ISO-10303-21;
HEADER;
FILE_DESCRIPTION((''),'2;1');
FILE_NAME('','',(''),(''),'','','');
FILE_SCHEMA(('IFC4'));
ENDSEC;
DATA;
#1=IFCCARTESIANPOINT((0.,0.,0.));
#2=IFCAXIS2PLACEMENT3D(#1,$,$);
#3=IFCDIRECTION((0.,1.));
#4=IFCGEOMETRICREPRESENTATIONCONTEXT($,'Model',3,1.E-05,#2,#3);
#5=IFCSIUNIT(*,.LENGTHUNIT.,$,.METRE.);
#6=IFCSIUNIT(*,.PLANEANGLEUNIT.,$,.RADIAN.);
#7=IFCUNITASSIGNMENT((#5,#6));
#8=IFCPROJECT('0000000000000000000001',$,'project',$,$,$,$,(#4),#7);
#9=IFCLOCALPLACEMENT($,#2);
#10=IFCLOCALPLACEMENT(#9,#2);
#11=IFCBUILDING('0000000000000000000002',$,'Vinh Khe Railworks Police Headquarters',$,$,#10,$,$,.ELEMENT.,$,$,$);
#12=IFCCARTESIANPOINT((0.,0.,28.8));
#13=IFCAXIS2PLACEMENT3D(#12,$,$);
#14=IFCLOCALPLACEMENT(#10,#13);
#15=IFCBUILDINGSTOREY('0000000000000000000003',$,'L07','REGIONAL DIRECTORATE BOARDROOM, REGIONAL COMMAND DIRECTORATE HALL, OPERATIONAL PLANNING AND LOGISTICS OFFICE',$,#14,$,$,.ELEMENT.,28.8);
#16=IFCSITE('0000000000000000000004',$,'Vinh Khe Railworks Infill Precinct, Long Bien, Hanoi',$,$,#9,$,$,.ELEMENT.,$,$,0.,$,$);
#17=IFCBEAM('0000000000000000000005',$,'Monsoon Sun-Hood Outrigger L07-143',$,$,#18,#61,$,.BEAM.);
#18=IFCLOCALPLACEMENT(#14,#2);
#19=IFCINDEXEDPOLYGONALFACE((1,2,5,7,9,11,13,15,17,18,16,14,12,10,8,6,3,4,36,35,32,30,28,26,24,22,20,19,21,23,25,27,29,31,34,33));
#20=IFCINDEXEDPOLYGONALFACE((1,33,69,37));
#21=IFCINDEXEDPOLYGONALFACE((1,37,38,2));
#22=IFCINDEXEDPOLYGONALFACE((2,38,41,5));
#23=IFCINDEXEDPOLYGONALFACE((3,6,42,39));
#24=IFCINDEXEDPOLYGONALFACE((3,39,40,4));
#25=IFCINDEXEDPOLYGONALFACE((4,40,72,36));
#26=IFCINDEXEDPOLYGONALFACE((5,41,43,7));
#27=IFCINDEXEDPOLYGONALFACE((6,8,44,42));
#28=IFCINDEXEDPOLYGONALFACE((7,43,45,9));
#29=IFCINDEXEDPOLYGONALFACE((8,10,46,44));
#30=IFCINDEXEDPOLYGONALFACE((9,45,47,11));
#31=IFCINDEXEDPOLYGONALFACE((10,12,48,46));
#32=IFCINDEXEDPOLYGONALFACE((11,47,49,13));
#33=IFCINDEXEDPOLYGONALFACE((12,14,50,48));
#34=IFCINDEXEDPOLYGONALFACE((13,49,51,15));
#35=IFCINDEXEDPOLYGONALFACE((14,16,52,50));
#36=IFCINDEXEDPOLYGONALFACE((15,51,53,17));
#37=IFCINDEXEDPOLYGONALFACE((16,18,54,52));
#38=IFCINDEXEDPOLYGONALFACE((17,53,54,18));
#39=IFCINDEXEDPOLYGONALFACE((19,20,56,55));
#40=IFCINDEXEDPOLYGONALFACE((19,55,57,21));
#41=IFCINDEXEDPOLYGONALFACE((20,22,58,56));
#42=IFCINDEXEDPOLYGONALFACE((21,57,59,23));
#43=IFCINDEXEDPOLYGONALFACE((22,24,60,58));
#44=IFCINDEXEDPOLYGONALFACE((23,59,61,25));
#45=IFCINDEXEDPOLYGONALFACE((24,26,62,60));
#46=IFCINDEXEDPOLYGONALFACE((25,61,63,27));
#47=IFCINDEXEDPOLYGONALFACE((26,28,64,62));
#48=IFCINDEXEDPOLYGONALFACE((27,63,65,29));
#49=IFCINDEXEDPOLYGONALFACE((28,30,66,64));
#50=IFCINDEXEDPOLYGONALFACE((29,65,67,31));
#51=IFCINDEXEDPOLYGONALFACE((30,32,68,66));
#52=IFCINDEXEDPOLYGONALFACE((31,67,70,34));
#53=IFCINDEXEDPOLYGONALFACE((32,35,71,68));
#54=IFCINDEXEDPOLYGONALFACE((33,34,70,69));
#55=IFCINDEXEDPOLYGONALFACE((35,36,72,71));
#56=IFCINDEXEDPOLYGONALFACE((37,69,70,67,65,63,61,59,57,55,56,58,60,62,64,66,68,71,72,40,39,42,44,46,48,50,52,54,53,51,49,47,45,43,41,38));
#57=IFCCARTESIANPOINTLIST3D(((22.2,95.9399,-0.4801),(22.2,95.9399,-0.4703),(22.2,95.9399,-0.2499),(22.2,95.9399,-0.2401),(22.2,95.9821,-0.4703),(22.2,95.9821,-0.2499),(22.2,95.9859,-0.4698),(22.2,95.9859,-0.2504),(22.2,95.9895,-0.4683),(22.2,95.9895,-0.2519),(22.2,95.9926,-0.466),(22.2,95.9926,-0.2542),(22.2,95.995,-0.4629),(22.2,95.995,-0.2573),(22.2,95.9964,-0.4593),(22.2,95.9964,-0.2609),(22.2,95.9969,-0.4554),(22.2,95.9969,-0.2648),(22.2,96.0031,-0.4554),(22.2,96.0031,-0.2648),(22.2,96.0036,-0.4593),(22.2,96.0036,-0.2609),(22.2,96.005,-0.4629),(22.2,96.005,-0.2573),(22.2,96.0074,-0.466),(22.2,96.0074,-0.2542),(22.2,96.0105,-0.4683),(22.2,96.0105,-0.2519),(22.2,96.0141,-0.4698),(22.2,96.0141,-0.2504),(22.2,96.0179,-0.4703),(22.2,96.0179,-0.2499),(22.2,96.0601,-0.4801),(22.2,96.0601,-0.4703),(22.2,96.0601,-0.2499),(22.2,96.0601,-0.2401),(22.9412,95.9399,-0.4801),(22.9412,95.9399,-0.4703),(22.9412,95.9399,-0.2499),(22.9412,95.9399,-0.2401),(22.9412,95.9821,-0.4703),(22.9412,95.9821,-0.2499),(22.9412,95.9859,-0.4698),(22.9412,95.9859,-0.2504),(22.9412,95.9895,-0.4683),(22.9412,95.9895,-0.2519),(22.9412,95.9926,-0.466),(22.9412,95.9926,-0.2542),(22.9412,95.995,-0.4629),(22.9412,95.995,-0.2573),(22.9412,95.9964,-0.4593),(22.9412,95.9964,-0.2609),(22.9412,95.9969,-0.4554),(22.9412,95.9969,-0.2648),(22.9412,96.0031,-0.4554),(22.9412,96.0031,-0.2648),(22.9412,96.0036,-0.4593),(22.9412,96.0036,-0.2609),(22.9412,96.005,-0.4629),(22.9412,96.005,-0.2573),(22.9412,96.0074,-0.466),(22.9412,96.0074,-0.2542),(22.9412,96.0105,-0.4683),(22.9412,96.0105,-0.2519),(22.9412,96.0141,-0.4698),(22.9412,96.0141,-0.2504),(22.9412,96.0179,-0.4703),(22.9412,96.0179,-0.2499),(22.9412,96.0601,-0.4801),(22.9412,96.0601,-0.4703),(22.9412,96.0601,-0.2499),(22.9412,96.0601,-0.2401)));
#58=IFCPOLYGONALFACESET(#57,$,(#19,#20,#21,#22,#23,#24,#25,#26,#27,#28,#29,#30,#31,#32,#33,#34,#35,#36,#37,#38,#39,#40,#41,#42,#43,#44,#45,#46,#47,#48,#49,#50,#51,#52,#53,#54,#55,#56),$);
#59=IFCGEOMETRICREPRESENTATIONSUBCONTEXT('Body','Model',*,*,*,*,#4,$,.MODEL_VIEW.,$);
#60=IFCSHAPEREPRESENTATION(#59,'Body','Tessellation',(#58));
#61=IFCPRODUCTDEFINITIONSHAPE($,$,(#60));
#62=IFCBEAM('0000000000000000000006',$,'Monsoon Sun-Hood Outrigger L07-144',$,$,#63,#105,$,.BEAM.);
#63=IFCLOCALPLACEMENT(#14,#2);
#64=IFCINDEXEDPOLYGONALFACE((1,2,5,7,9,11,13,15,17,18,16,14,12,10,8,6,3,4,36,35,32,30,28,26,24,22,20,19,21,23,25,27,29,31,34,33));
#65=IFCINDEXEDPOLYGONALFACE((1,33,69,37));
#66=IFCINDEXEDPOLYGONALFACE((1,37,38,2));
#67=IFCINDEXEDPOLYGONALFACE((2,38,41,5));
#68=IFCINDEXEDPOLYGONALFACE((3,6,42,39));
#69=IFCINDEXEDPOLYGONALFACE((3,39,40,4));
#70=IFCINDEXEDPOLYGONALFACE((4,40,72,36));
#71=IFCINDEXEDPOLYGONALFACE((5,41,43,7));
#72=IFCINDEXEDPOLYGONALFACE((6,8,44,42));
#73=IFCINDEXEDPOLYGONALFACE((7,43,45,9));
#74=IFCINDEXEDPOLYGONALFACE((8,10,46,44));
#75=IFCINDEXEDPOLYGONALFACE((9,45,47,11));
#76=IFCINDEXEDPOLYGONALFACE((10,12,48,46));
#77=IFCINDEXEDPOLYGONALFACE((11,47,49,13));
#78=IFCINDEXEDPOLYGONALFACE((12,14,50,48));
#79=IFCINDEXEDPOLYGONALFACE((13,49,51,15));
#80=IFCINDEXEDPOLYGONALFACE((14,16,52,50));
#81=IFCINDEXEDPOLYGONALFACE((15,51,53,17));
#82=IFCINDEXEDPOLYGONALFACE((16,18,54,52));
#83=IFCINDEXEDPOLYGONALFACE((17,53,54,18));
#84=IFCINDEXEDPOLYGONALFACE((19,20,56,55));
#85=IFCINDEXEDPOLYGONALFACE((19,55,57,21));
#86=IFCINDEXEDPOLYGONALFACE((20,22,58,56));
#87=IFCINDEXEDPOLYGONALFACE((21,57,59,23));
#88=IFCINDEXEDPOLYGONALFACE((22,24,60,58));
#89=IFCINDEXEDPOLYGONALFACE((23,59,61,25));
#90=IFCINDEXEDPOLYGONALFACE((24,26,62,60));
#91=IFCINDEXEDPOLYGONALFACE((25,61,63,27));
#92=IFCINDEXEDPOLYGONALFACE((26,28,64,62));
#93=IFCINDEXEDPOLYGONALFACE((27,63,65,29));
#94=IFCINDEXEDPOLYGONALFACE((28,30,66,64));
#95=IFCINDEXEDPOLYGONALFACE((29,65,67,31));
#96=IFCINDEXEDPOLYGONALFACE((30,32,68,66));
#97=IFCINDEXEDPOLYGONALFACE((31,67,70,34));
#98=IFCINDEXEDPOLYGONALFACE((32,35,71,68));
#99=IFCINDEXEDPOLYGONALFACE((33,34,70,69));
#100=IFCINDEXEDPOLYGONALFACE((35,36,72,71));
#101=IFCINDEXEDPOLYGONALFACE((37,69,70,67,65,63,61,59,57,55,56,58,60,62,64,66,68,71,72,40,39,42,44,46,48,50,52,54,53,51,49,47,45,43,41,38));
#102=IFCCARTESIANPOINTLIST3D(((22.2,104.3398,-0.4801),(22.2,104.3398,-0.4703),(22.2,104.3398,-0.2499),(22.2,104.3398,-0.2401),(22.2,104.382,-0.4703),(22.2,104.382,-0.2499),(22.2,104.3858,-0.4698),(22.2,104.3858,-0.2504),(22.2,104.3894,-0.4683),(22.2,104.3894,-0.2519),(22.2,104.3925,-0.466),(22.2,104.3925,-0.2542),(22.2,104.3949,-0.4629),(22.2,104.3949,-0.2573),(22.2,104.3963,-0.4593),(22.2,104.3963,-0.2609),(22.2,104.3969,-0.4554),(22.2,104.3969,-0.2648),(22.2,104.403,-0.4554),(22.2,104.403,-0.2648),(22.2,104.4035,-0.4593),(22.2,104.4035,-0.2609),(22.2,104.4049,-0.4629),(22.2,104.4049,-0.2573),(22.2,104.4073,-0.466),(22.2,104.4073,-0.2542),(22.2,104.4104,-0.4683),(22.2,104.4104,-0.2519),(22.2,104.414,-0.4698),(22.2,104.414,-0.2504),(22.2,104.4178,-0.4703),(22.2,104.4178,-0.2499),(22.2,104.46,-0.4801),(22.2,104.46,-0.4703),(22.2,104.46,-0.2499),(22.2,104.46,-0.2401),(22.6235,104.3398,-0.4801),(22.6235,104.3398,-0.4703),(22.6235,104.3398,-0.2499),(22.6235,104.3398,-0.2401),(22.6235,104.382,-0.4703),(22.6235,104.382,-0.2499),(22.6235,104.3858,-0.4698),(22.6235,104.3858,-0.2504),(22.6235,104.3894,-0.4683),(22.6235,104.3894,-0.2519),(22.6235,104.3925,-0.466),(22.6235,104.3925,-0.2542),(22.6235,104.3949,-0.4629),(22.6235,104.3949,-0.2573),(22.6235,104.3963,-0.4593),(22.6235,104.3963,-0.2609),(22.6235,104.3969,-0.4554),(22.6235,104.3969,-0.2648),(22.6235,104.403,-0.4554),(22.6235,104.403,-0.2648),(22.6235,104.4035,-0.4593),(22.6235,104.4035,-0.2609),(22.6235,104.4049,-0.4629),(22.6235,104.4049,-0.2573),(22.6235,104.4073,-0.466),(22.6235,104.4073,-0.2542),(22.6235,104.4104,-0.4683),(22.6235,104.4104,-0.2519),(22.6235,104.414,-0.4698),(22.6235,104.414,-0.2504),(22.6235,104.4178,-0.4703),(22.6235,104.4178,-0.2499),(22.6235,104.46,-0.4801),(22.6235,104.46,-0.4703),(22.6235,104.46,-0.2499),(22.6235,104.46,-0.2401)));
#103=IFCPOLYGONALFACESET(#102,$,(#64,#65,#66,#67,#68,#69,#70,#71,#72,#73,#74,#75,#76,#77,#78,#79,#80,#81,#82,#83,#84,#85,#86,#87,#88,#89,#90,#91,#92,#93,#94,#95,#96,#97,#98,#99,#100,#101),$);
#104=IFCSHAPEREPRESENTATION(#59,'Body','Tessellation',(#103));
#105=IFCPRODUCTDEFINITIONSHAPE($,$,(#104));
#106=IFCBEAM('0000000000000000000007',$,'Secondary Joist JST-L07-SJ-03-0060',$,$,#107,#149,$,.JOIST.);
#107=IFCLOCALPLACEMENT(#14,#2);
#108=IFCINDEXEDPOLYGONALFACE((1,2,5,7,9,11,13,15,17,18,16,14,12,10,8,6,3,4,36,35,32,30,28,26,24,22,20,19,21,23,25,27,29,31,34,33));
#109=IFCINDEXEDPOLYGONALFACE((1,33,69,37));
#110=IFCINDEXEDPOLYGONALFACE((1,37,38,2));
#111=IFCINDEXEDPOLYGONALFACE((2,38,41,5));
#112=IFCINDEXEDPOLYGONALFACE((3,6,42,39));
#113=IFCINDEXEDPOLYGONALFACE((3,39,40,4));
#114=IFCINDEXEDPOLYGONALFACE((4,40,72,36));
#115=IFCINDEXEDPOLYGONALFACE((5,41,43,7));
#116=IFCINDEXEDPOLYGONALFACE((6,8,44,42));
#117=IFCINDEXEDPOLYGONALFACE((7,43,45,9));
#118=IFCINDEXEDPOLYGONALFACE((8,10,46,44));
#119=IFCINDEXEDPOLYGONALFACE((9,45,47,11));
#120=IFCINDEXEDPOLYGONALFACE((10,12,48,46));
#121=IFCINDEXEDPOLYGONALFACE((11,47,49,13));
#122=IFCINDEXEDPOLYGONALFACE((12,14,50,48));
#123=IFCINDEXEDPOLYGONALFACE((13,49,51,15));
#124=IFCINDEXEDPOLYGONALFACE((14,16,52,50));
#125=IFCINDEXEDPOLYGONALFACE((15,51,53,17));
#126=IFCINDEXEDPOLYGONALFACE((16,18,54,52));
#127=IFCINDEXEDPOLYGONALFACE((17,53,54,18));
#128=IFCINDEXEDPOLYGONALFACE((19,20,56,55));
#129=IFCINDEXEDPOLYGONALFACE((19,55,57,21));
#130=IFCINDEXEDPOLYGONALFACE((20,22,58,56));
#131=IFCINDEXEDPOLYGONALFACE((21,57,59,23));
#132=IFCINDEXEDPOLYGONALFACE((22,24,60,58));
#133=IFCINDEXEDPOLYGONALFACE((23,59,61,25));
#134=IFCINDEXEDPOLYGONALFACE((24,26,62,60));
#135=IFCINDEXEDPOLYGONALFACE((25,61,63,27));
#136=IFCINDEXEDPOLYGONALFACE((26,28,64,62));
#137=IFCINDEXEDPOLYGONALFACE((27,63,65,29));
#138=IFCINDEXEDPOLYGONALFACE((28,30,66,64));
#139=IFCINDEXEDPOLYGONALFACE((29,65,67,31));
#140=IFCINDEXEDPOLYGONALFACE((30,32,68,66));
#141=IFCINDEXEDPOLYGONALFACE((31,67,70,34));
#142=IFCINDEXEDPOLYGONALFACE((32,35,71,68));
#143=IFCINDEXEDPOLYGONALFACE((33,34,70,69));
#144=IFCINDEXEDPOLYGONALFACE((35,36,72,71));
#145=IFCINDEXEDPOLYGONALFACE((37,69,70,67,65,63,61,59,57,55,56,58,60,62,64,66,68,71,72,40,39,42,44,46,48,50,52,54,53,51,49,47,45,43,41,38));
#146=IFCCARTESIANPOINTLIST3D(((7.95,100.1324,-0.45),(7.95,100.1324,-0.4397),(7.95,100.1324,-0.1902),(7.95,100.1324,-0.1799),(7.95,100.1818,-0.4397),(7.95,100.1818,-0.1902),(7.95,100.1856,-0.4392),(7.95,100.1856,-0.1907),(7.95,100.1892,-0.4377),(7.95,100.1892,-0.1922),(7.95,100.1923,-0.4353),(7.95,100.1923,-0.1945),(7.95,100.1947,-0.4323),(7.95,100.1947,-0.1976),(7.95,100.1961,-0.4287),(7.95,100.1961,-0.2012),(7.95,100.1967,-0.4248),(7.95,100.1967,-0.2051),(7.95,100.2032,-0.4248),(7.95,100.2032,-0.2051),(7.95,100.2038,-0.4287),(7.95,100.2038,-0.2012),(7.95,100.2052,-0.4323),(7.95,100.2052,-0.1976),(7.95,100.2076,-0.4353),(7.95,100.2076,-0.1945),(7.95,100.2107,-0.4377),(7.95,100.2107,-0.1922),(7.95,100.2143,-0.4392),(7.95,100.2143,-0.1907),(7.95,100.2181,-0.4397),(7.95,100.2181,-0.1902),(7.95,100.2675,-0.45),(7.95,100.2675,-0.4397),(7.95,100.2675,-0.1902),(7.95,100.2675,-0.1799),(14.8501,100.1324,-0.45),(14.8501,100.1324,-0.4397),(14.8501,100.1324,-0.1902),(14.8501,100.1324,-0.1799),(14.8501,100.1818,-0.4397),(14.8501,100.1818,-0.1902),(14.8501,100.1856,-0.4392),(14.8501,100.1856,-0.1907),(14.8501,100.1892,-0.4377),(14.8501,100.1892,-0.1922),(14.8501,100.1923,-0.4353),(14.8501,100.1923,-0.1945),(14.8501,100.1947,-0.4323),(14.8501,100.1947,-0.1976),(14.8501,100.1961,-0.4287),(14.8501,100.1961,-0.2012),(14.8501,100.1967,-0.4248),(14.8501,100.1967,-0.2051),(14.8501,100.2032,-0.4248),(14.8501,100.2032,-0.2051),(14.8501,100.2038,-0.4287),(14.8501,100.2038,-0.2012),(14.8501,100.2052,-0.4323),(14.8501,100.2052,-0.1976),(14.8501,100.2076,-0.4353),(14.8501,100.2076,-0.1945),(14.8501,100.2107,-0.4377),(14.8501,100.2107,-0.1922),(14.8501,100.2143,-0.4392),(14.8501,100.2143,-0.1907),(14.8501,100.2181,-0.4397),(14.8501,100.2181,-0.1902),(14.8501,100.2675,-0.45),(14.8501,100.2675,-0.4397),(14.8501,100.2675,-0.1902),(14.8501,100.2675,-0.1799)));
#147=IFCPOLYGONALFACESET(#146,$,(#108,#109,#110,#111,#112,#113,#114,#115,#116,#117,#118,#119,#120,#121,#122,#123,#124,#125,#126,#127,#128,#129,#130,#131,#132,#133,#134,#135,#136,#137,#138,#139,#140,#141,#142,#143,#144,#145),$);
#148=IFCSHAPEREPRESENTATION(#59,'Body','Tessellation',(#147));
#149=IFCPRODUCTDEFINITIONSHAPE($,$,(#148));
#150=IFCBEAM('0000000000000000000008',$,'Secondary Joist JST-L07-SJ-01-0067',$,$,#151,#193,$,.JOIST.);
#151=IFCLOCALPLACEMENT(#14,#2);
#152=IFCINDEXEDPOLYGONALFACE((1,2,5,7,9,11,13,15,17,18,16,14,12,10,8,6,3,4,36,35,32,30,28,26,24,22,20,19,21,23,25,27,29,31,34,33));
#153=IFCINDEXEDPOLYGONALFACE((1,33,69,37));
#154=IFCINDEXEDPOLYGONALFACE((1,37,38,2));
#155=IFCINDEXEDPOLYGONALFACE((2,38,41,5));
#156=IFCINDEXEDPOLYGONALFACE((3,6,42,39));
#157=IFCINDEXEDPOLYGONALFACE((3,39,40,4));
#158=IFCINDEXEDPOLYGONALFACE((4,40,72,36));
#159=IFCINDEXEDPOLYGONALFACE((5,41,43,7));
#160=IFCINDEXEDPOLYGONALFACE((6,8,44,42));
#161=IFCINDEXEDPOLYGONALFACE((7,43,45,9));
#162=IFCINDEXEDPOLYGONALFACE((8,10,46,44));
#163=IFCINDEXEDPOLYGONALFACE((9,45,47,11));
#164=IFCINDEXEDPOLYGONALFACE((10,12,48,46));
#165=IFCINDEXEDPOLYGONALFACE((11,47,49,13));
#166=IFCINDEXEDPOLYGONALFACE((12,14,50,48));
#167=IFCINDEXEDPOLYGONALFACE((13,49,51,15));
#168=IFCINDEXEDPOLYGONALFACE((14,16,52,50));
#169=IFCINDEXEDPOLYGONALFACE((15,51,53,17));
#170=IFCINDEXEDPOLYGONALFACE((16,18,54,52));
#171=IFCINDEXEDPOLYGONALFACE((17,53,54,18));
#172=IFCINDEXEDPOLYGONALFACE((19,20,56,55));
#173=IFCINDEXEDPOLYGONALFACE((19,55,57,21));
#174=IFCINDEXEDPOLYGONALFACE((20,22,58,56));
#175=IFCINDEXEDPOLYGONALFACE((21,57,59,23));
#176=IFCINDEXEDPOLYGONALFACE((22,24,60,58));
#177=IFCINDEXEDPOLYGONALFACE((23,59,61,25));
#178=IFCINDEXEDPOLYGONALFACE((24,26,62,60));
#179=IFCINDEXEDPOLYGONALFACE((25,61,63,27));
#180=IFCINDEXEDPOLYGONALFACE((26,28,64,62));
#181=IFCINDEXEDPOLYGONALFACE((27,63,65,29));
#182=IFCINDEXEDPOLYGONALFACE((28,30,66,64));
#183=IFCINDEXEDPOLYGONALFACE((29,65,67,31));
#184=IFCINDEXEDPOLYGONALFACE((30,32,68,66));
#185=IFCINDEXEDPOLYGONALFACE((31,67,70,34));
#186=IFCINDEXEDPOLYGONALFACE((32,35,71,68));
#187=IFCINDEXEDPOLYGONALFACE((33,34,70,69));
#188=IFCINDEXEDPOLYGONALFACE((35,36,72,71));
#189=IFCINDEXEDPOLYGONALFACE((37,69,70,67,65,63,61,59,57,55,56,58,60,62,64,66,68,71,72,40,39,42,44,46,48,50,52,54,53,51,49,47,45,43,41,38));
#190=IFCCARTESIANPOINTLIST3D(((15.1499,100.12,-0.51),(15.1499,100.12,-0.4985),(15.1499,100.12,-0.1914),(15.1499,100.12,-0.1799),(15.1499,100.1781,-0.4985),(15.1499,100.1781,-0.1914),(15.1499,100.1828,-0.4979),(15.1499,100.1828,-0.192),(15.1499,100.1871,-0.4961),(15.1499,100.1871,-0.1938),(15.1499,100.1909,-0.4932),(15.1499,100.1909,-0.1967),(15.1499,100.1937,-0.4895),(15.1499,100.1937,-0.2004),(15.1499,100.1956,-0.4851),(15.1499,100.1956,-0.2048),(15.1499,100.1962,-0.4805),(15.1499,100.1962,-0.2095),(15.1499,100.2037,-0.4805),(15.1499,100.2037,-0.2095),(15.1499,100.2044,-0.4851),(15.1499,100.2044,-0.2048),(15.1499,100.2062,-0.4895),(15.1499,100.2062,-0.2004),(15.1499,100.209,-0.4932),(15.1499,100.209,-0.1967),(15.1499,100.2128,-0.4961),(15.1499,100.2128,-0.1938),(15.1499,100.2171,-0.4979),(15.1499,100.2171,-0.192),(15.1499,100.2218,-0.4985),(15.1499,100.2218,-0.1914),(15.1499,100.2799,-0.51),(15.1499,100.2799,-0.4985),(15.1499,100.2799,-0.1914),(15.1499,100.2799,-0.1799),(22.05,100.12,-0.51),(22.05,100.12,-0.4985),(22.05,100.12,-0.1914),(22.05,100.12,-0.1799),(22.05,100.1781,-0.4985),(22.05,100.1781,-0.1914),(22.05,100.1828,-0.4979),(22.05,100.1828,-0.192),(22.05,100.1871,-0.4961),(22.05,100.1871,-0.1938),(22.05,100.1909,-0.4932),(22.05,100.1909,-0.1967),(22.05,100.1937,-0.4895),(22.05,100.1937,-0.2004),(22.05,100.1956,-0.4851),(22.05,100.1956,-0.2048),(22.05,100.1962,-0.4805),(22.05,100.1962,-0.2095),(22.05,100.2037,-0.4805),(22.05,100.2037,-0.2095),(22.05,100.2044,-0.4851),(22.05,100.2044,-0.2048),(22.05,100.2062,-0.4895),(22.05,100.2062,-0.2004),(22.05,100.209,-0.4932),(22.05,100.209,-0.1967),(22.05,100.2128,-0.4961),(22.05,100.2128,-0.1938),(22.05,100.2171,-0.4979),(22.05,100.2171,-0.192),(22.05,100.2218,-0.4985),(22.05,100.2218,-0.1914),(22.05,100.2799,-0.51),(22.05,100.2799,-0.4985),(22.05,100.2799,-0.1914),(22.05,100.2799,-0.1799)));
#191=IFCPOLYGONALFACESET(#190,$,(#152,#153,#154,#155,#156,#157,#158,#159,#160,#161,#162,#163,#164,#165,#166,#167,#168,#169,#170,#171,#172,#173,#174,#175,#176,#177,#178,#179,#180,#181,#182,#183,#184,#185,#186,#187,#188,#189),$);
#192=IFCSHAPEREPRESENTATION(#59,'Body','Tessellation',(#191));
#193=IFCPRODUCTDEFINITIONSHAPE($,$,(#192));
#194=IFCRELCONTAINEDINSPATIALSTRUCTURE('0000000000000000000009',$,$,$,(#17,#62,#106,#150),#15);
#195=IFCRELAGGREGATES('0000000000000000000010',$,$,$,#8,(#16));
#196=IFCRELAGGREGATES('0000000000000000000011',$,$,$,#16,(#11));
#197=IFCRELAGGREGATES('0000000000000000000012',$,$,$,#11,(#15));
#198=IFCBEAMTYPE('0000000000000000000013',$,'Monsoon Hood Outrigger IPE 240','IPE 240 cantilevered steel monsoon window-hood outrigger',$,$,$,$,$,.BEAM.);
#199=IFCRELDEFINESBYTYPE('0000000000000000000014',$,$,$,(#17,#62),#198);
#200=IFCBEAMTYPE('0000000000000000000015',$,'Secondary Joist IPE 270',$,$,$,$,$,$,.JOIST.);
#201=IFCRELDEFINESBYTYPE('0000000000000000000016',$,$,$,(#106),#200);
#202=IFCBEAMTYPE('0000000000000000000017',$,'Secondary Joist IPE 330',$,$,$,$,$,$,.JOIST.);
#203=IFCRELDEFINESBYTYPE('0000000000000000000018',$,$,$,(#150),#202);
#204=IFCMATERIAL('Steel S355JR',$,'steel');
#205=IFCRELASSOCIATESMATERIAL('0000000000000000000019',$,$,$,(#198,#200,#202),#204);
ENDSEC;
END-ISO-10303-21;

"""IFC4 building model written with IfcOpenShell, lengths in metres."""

from ifc_helpers import new_model, si_unit, direction, frame, origin, origin_2d, place, context, subcontext, project, spatial, i_section, extrude, material, material_profile, profile_set, type_object, element, save


model = new_model("IFC4")

# Units and contexts
model_context = context("Model", 3, precision=1e-05, world=origin(), true_north=direction((0.0, 1.0)))
body_context = subcontext(model_context, "Body", "Model", "MODEL_VIEW")
ifc_project = project(units=[si_unit("LENGTHUNIT", "METRE"), si_unit("PLANEANGLEUNIT", "RADIAN")], contexts=[model_context])

# Site, building, storey
site_placement = place(None, origin())
site = spatial("IfcSite", under=ifc_project, at=site_placement, Name="Vinh Khe Railworks Infill Precinct, Long Bien, Hanoi", CompositionType="ELEMENT", RefElevation=0.0)
building_placement = place(site_placement, origin())
building = spatial("IfcBuilding", under=site, at=building_placement, Name="Vinh Khe Railworks Police Headquarters", CompositionType="ELEMENT")
storey_placement = place(building_placement, frame((0.0, 0.0, 28.8)))
storey = spatial("IfcBuildingStorey", under=building, at=storey_placement, Name="L07", Description="REGIONAL DIRECTORATE BOARDROOM, REGIONAL COMMAND DIRECTORATE HALL, OPERATIONAL PLANNING AND LOGISTICS OFFICE", CompositionType="ELEMENT", Elevation=28.8)

# Shared definitions
ifc_material_1 = material(Name="Steel S355JR", Category="steel")

# Beams
ifc_material_profile_1 = material_profile(ifc_material_1, i_section(OverallWidth=0.1201, OverallDepth=0.24, WebThickness=0.0061, FlangeThickness=0.0098, FilletRadius=0.0149, at=origin_2d()), Name="IPE 240")
ifc_profile_set_1 = profile_set([ifc_material_profile_1], Name="Steel S355JR")
beam_type_1 = type_object("IfcBeamType", Name="Monsoon Hood Outrigger IPE 240", Description="IPE 240 cantilevered steel monsoon window-hood outrigger", PredefinedType="BEAM", material=ifc_profile_set_1)
beam_1_placement = place(storey_placement, frame((22.2, 96.0, -0.3601), z_axis=(1.0, 0.0, 0.0), x_axis=(0.0, 1.0, 0.0)))
element("IfcBeam", 1, at=beam_1_placement, inside=storey, type_object=beam_type_1, Name="Monsoon Sun-Hood Outrigger L07-143", PredefinedType="BEAM", context=body_context, shape_type="SweptSolid", body=[
    extrude(i_section(OverallWidth=0.1201, OverallDepth=0.24, WebThickness=0.0061, FlangeThickness=0.0098, FilletRadius=0.0149, at=origin_2d()), origin(), (0.0, 0.0, 1.0), 0.7412),
])
beam_2_placement = place(storey_placement, frame((22.2, 104.3999, -0.3601), z_axis=(1.0, 0.0, 0.0), x_axis=(0.0, 1.0, 0.0)))
element("IfcBeam", 2, at=beam_2_placement, inside=storey, type_object=beam_type_1, Name="Monsoon Sun-Hood Outrigger L07-144", PredefinedType="BEAM", context=body_context, shape_type="SweptSolid", body=[
    extrude(i_section(OverallWidth=0.1201, OverallDepth=0.24, WebThickness=0.0061, FlangeThickness=0.0098, FilletRadius=0.0149, at=origin_2d()), origin(), (0.0, 0.0, 1.0), 0.4236),
])
ifc_material_profile_2 = material_profile(ifc_material_1, i_section(OverallWidth=0.135, OverallDepth=0.27, WebThickness=0.0066, FlangeThickness=0.0103, FilletRadius=0.0149, at=origin_2d()), Name="IPE 270")
ifc_profile_set_2 = profile_set([ifc_material_profile_2], Name="Steel S355JR")
beam_type_2 = type_object("IfcBeamType", Name="Secondary Joist IPE 270", PredefinedType="JOIST", material=ifc_profile_set_2)
beam_3_placement = place(storey_placement, frame((7.95, 100.2, -0.3149), z_axis=(1.0, 0.0, 0.0), x_axis=(0.0, 1.0, 0.0)))
element("IfcBeam", 3, at=beam_3_placement, inside=storey, type_object=beam_type_2, Name="Secondary Joist JST-L07-SJ-03-0060", PredefinedType="JOIST", context=body_context, shape_type="SweptSolid", body=[
    extrude(i_section(OverallWidth=0.135, OverallDepth=0.27, WebThickness=0.0066, FlangeThickness=0.0103, FilletRadius=0.0149, at=origin_2d()), origin(), (0.0, 0.0, 1.0), 6.9001),
])
ifc_material_profile_3 = material_profile(ifc_material_1, i_section(OverallWidth=0.1599, OverallDepth=0.3301, WebThickness=0.0076, FlangeThickness=0.0115, FilletRadius=0.0181, at=origin_2d()), Name="IPE 330")
ifc_profile_set_3 = profile_set([ifc_material_profile_3], Name="Steel S355JR")
beam_type_3 = type_object("IfcBeamType", Name="Secondary Joist IPE 330", PredefinedType="JOIST", material=ifc_profile_set_3)
beam_4_placement = place(storey_placement, frame((15.1499, 100.2, -0.345), z_axis=(1.0, 0.0, 0.0), x_axis=(0.0, 1.0, 0.0)))
element("IfcBeam", 4, at=beam_4_placement, inside=storey, type_object=beam_type_3, Name="Secondary Joist JST-L07-SJ-01-0067", PredefinedType="JOIST", context=body_context, shape_type="SweptSolid", body=[
    extrude(i_section(OverallWidth=0.1599, OverallDepth=0.3301, WebThickness=0.0076, FlangeThickness=0.0115, FilletRadius=0.0181, at=origin_2d()), origin(), (0.0, 0.0, 1.0), 6.9001),
])

save(model, "model.ifc")
